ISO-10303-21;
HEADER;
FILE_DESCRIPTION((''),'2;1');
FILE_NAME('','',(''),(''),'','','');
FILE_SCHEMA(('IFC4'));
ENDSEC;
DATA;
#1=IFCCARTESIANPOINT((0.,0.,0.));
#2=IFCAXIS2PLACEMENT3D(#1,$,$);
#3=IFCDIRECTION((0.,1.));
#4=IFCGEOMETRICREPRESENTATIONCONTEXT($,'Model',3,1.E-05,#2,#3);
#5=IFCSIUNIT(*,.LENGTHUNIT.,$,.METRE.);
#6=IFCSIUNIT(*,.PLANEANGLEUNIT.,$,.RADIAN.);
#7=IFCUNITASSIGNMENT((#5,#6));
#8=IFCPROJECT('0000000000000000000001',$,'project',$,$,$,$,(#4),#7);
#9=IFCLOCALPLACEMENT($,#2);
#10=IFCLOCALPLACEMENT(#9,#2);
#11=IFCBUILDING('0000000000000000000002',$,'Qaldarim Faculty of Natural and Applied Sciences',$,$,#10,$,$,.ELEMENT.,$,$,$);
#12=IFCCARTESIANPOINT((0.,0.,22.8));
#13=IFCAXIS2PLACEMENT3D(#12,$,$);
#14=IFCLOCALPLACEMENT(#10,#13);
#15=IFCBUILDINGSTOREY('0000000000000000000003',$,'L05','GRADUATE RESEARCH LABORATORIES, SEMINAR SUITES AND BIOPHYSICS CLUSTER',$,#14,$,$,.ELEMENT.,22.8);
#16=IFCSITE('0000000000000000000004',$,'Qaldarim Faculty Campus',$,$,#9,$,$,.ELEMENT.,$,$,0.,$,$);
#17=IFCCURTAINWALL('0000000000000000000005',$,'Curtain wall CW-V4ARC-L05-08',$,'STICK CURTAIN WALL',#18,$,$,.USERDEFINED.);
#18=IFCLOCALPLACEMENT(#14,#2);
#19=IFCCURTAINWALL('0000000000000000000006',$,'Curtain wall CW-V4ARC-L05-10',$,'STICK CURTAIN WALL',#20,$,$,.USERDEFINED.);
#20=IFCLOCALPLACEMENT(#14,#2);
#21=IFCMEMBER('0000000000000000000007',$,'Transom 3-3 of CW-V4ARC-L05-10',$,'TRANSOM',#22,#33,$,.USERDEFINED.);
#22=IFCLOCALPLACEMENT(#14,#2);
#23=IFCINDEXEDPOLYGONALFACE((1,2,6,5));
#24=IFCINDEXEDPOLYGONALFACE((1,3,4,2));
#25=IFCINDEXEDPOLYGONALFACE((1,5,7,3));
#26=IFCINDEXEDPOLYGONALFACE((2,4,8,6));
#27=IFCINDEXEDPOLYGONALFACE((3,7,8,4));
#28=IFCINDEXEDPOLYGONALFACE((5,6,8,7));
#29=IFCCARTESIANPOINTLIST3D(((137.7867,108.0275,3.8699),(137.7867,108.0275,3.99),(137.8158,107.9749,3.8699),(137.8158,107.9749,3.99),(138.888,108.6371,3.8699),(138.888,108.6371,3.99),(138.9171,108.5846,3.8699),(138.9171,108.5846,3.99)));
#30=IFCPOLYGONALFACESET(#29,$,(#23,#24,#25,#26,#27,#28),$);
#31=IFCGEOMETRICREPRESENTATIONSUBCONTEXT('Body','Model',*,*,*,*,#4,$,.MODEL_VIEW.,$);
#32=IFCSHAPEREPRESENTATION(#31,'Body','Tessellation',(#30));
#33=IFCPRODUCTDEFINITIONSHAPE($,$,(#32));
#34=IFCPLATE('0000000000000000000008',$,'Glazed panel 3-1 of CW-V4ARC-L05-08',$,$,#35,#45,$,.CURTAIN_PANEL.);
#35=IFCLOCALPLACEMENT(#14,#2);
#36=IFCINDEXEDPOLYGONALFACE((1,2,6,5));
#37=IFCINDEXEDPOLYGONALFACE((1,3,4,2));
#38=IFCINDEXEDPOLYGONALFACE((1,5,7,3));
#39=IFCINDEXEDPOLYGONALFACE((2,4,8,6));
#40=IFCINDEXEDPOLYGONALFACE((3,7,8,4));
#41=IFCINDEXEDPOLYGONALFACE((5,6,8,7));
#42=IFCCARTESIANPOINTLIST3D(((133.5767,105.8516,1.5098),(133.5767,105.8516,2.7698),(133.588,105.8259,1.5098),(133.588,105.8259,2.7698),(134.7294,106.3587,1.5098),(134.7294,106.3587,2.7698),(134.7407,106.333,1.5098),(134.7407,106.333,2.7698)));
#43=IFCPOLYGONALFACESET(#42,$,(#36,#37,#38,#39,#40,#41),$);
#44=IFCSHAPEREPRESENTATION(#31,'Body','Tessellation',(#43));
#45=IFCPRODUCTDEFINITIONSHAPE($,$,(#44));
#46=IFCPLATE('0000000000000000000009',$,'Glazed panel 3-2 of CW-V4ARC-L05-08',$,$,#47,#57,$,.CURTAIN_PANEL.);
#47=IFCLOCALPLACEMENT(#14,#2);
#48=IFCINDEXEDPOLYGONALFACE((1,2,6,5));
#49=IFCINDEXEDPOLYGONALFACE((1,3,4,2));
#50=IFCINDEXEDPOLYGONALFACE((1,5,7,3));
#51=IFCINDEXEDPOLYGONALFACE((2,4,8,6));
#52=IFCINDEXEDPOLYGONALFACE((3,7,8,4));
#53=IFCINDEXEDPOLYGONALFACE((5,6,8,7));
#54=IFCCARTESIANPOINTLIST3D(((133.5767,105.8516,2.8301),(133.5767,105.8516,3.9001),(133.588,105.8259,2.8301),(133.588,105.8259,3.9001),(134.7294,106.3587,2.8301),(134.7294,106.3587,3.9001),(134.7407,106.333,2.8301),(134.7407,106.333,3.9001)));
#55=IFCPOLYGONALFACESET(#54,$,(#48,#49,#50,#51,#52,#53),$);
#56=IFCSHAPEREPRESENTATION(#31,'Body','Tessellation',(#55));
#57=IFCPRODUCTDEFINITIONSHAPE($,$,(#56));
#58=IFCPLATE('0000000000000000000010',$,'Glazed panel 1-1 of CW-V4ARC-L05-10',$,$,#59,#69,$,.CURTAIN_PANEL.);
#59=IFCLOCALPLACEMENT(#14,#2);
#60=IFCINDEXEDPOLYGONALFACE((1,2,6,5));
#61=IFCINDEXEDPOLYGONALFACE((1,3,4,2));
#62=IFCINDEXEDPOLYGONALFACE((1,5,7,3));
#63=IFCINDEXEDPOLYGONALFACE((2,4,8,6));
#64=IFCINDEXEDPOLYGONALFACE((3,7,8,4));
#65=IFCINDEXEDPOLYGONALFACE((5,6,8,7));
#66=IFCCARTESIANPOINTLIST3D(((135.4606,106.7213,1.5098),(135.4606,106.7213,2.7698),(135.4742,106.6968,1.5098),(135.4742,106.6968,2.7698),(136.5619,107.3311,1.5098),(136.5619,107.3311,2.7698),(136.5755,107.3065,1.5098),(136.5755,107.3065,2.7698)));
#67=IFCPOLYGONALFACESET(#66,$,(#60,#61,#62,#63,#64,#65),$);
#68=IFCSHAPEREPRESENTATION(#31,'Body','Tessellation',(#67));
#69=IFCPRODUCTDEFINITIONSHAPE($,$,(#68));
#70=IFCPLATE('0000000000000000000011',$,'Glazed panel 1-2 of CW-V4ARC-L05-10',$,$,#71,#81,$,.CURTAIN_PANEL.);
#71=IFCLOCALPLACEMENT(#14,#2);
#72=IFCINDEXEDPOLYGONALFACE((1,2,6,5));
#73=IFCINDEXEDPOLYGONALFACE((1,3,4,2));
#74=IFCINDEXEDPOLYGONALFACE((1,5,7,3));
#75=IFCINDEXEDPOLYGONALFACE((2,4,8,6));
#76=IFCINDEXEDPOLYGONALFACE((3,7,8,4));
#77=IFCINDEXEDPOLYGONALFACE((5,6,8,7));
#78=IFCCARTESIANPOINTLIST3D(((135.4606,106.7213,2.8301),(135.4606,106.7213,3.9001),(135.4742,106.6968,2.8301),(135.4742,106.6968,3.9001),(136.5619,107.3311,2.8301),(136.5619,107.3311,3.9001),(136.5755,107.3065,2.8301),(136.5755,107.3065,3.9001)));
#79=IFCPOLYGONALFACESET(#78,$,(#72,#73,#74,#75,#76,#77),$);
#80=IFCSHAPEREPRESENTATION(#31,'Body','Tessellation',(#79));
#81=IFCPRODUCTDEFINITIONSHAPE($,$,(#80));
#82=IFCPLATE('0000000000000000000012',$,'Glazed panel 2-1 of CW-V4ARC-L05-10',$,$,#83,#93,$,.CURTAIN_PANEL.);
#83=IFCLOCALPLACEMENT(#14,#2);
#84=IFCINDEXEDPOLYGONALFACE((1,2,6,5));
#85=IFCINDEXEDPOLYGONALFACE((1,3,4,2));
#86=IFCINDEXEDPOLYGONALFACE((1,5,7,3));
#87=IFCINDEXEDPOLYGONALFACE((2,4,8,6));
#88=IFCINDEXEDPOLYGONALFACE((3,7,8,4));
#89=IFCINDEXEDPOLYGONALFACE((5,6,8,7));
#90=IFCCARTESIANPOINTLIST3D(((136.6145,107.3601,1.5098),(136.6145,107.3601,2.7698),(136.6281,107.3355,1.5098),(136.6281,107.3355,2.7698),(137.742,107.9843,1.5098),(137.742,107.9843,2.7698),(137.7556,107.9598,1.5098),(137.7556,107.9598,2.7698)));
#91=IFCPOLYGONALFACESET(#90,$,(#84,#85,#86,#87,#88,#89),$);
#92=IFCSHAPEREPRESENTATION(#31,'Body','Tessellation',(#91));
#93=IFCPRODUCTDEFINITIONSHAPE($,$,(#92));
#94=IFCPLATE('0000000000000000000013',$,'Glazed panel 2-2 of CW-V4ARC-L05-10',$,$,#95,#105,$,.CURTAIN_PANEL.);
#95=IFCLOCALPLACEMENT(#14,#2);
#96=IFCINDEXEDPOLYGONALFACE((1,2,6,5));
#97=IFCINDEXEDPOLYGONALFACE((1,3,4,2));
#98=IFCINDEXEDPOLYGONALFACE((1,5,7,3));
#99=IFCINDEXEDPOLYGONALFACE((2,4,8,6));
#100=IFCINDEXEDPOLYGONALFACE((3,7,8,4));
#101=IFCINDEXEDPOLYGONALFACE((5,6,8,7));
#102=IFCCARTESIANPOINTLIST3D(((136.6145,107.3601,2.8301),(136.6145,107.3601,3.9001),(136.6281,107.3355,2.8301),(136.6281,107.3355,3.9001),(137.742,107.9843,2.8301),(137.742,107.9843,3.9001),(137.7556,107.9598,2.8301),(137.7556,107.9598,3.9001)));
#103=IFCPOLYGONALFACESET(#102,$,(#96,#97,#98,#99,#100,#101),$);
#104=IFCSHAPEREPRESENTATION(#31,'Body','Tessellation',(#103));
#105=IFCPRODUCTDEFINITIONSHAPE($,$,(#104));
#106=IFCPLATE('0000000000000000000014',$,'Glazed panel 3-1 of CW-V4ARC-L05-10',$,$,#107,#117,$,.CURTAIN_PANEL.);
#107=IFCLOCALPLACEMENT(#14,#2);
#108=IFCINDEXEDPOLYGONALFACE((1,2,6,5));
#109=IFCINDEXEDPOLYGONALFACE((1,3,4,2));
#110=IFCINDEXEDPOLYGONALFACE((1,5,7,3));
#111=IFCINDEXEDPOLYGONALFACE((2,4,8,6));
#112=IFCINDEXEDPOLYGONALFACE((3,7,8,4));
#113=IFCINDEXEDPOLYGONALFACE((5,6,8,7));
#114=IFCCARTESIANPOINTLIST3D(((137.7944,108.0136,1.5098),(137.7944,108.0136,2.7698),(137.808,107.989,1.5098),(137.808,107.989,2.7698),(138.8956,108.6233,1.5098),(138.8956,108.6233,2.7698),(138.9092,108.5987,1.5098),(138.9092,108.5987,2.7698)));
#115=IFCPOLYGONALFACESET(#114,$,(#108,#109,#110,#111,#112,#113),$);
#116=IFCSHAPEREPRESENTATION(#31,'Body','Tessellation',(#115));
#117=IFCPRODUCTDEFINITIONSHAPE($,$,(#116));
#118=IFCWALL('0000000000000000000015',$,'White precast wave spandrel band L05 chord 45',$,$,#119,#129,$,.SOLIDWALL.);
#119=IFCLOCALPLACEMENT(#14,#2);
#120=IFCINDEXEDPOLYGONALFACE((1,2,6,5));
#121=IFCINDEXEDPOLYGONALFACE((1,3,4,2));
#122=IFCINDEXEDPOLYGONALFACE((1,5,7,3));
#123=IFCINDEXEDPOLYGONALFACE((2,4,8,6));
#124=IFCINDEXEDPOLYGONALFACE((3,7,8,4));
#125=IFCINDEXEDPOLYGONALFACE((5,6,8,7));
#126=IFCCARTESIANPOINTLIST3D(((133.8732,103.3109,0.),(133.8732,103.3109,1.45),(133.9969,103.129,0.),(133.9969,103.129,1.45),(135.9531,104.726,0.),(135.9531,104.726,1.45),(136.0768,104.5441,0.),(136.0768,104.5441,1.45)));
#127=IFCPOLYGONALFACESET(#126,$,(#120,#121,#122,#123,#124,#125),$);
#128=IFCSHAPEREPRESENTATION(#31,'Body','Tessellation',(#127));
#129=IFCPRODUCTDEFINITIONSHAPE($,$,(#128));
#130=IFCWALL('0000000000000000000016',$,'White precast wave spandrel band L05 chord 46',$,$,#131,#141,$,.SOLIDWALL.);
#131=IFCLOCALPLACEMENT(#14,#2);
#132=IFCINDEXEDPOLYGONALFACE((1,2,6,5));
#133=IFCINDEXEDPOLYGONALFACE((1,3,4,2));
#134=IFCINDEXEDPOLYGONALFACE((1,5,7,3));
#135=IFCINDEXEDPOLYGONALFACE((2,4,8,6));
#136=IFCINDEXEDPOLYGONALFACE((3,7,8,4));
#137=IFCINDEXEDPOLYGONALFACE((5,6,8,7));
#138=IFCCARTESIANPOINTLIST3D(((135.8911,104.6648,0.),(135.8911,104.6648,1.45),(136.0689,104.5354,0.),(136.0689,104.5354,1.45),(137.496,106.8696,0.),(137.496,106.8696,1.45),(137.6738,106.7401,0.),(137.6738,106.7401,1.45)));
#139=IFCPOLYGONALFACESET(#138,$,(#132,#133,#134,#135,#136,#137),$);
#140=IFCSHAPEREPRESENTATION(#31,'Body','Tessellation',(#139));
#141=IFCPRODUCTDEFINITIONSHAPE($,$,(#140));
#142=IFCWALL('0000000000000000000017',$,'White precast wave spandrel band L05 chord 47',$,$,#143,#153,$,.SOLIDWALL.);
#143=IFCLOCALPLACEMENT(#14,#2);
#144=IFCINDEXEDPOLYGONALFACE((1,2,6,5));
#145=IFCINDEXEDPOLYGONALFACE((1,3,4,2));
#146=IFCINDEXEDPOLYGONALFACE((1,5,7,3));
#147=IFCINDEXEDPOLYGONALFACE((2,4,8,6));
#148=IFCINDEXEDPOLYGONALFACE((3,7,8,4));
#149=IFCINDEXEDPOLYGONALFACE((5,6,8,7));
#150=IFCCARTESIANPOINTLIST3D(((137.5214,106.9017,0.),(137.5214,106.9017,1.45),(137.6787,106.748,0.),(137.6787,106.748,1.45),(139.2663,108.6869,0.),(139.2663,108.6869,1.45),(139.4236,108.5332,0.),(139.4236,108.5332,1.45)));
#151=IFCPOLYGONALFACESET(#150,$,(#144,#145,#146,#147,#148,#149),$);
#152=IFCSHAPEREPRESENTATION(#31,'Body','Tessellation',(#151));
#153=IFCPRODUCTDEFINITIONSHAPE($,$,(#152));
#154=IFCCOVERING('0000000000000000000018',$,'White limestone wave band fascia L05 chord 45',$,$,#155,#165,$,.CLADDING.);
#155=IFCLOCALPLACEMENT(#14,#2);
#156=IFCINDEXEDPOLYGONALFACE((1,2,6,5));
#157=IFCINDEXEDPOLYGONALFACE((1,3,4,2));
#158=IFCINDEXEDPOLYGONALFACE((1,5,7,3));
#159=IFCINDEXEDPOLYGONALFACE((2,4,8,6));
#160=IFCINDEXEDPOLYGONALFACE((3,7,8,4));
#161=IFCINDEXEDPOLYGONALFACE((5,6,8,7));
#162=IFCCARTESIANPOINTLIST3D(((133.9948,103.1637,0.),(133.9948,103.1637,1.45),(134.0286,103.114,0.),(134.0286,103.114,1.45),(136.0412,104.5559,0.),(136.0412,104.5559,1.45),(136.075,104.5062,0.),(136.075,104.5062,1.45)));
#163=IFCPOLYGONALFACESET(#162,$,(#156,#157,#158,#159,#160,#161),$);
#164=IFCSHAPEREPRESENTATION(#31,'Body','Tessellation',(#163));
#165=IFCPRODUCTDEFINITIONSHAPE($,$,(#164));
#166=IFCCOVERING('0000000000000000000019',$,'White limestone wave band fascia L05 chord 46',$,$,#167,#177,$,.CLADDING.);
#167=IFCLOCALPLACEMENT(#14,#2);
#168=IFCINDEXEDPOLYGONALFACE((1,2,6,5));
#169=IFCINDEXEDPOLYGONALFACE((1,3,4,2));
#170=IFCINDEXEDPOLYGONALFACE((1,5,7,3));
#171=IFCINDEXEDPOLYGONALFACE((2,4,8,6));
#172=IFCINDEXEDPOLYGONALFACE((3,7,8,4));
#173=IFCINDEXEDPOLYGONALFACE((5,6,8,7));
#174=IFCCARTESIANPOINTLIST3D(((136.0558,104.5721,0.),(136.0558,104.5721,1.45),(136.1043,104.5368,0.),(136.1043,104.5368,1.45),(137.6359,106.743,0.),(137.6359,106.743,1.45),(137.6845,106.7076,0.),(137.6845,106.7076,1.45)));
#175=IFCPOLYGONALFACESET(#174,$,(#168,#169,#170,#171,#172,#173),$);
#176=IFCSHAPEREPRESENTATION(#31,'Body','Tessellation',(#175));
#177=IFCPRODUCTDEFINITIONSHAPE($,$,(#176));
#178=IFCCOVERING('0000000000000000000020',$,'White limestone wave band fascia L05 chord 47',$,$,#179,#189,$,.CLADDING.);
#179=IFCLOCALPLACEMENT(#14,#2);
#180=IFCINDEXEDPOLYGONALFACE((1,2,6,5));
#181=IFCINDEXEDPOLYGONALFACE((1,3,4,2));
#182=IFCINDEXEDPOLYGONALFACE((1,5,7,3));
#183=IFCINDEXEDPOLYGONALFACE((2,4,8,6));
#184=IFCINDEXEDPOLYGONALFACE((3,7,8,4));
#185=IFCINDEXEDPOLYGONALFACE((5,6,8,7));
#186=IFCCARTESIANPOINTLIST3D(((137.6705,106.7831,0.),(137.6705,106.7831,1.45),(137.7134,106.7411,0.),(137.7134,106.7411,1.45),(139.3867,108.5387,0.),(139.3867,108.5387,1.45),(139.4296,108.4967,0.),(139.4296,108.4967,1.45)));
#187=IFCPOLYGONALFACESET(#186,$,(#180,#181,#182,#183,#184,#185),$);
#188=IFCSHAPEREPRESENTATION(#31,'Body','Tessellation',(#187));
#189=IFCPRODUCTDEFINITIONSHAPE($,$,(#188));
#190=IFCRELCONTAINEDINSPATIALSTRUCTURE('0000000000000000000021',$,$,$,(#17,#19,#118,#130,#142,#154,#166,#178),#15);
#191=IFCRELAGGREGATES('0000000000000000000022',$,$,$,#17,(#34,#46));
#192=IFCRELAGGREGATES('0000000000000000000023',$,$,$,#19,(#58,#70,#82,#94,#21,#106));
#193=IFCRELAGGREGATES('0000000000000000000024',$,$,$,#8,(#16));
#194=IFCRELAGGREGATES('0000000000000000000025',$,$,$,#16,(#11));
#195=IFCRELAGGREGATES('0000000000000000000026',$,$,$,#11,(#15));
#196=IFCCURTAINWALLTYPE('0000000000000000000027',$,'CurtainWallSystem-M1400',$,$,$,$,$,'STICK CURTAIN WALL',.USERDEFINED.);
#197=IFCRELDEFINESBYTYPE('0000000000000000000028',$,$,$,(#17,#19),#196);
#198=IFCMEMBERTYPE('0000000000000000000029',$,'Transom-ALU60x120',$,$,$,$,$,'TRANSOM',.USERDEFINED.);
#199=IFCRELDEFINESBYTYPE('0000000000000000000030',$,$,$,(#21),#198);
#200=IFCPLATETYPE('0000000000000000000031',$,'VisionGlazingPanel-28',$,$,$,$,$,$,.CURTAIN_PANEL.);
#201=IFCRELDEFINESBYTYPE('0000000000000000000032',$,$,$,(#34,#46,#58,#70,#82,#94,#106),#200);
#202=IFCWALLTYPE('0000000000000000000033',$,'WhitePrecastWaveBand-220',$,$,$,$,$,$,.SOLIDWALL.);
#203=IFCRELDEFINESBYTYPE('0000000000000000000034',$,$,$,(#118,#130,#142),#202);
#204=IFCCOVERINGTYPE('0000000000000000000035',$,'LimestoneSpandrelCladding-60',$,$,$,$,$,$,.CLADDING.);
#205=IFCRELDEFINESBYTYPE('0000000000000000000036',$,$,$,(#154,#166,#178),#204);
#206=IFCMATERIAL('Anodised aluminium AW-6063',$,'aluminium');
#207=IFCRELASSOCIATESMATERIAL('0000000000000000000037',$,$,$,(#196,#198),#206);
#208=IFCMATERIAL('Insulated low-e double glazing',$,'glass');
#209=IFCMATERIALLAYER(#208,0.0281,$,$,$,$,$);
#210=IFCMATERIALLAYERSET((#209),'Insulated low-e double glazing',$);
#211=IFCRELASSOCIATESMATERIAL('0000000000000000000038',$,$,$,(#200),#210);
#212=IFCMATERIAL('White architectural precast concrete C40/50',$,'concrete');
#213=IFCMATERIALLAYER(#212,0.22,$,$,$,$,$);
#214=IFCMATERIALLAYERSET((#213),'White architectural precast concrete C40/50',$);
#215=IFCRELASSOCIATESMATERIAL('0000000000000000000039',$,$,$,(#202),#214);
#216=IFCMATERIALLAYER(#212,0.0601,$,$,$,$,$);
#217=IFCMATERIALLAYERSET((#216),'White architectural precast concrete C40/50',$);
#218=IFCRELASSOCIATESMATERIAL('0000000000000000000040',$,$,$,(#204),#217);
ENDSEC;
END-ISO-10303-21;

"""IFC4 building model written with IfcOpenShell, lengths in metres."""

from ifc_helpers import new_model, si_unit, direction, frame, frame_2d, origin, origin_2d, place, context, subcontext, project, spatial, rectangle, extrude, material, layer, layer_set, material_profile, profile_set, type_object, element, aggregate, save


model = new_model("IFC4")

# Units and contexts
model_context = context("Model", 3, precision=1e-05, world=origin(), true_north=direction((0.0, 1.0)))
body_context = subcontext(model_context, "Body", "Model", "MODEL_VIEW")
ifc_project = project(units=[si_unit("LENGTHUNIT", "METRE"), si_unit("PLANEANGLEUNIT", "RADIAN")], contexts=[model_context])

# Site, building, storey
site_placement = place(None, origin())
site = spatial("IfcSite", under=ifc_project, at=site_placement, Name="Qaldarim Faculty Campus", CompositionType="ELEMENT", RefElevation=0.0)
building_placement = place(site_placement, origin())
building = spatial("IfcBuilding", under=site, at=building_placement, Name="Qaldarim Faculty of Natural and Applied Sciences", CompositionType="ELEMENT")
storey_placement = place(building_placement, frame((0.0, 0.0, 22.8)))
storey = spatial("IfcBuildingStorey", under=building, at=storey_placement, Name="L05", Description="GRADUATE RESEARCH LABORATORIES, SEMINAR SUITES AND BIOPHYSICS CLUSTER", CompositionType="ELEMENT", Elevation=22.8)

# Curtain wall
ifc_material_1 = material(Name="Anodised aluminium AW-6063", Category="aluminium")
curtain_wall_type = type_object("IfcCurtainWallType", Name="CurtainWallSystem-M1400", ElementType="STICK CURTAIN WALL", PredefinedType="USERDEFINED", material=ifc_material_1)
curtain_wall_1_placement = place(storey_placement, origin())
curtain_wall_1 = element("IfcCurtainWall", 1, at=curtain_wall_1_placement, inside=storey, type_object=curtain_wall_type, Name="Curtain wall CW-V4ARC-L05-08", ObjectType="STICK CURTAIN WALL", PredefinedType="USERDEFINED")

# Curtain wall
curtain_wall_2_placement = place(storey_placement, origin())
curtain_wall_2 = element("IfcCurtainWall", 2, at=curtain_wall_2_placement, inside=storey, type_object=curtain_wall_type, Name="Curtain wall CW-V4ARC-L05-10", ObjectType="STICK CURTAIN WALL", PredefinedType="USERDEFINED")

# Member
ifc_material_profile_1 = material_profile(ifc_material_1, rectangle(XDim=0.0601, YDim=0.1201, at=origin_2d()), Name="ALU-T60x120")
ifc_profile_set_1 = profile_set([ifc_material_profile_1], Name="Anodised aluminium AW-6063")
member_type_1 = type_object("IfcMemberType", Name="Transom-ALU60x120", ElementType="TRANSOM", PredefinedType="USERDEFINED", material=ifc_profile_set_1)
member_1_placement = place(storey_placement, frame((137.8013, 108.0012, 3.9299), z_axis=(0.874906, 0.484292, 0.0), x_axis=(-0.484292, 0.874906, 0.0)))
member_1 = element("IfcMember", 3, at=member_1_placement, type_object=member_type_1, Name="Transom 3-3 of CW-V4ARC-L05-10", ObjectType="TRANSOM", PredefinedType="USERDEFINED", context=body_context, shape_type="SweptSolid", body=[
    extrude(rectangle(XDim=0.0601, YDim=0.1201, at=origin_2d()), origin(), (0.0, 0.0, 1.0), 1.2588),
])

# Plates
ifc_material_2 = material(Name="Insulated low-e double glazing", Category="glass")
ifc_layer_1 = layer(ifc_material_2, 0.0281)
ifc_layer_set_1 = layer_set([ifc_layer_1], Name="Insulated low-e double glazing")
plate_type = type_object("IfcPlateType", Name="VisionGlazingPanel-28", PredefinedType="CURTAIN_PANEL", material=ifc_layer_set_1)
plate_1_placement = place(storey_placement, frame((134.1587, 106.0923, 1.5098), z_axis=(0.0, 0.0, 1.0), x_axis=(0.915333, 0.402699, 0.0)))
plate_1 = element("IfcPlate", 4, at=plate_1_placement, type_object=plate_type, Name="Glazed panel 3-1 of CW-V4ARC-L05-08", PredefinedType="CURTAIN_PANEL", context=body_context, shape_type="SweptSolid", body=[
    extrude(rectangle(XDim=1.2593, YDim=0.0281, at=origin_2d()), origin(), (0.0, 0.0, 1.0), 1.26),
])
plate_2_placement = place(storey_placement, frame((134.1587, 106.0923, 2.8301), z_axis=(0.0, 0.0, 1.0), x_axis=(0.915333, 0.402699, 0.0)))
plate_2 = element("IfcPlate", 5, at=plate_2_placement, type_object=plate_type, Name="Glazed panel 3-2 of CW-V4ARC-L05-08", PredefinedType="CURTAIN_PANEL", context=body_context, shape_type="SweptSolid", body=[
    extrude(rectangle(XDim=1.2593, YDim=0.0281, at=origin_2d()), origin(), (0.0, 0.0, 1.0), 1.0701),
])
aggregate(curtain_wall_1, [plate_1, plate_2])
plate_3_placement = place(storey_placement, frame((136.0181, 107.0139, 1.5098), z_axis=(0.0, 0.0, 1.0), x_axis=(0.874857, 0.484382, 0.0)))
plate_3 = element("IfcPlate", 6, at=plate_3_placement, type_object=plate_type, Name="Glazed panel 1-1 of CW-V4ARC-L05-10", PredefinedType="CURTAIN_PANEL", context=body_context, shape_type="SweptSolid", body=[
    extrude(rectangle(XDim=1.2588, YDim=0.0281, at=origin_2d()), origin(), (0.0, 0.0, 1.0), 1.26),
])
plate_4_placement = place(storey_placement, frame((136.0181, 107.0139, 2.8301), z_axis=(0.0, 0.0, 1.0), x_axis=(0.874857, 0.484382, 0.0)))
plate_4 = element("IfcPlate", 7, at=plate_4_placement, type_object=plate_type, Name="Glazed panel 1-2 of CW-V4ARC-L05-10", PredefinedType="CURTAIN_PANEL", context=body_context, shape_type="SweptSolid", body=[
    extrude(rectangle(XDim=1.2588, YDim=0.0281, at=origin_2d()), origin(), (0.0, 0.0, 1.0), 1.0701),
])
plate_5_placement = place(storey_placement, frame((137.1851, 107.6599, 1.5098), z_axis=(0.0, 0.0, 1.0), x_axis=(0.874857, 0.484382, 0.0)))
plate_5 = element("IfcPlate", 8, at=plate_5_placement, type_object=plate_type, Name="Glazed panel 2-1 of CW-V4ARC-L05-10", PredefinedType="CURTAIN_PANEL", context=body_context, shape_type="SweptSolid", body=[
    extrude(rectangle(XDim=1.2888, YDim=0.0281, at=origin_2d()), origin(), (0.0, 0.0, 1.0), 1.26),
])
plate_6_placement = place(storey_placement, frame((137.1851, 107.6599, 2.8301), z_axis=(0.0, 0.0, 1.0), x_axis=(0.874857, 0.484382, 0.0)))
plate_6 = element("IfcPlate", 9, at=plate_6_placement, type_object=plate_type, Name="Glazed panel 2-2 of CW-V4ARC-L05-10", PredefinedType="CURTAIN_PANEL", context=body_context, shape_type="SweptSolid", body=[
    extrude(rectangle(XDim=1.2888, YDim=0.0281, at=origin_2d()), origin(), (0.0, 0.0, 1.0), 1.0701),
])
plate_7_placement = place(storey_placement, frame((138.3518, 108.3062, 1.5098), z_axis=(0.0, 0.0, 1.0), x_axis=(0.874857, 0.484382, 0.0)))
plate_7 = element("IfcPlate", 10, at=plate_7_placement, type_object=plate_type, Name="Glazed panel 3-1 of CW-V4ARC-L05-10", PredefinedType="CURTAIN_PANEL", context=body_context, shape_type="SweptSolid", body=[
    extrude(rectangle(XDim=1.2588, YDim=0.0281, at=origin_2d()), origin(), (0.0, 0.0, 1.0), 1.26),
])
aggregate(curtain_wall_2, [plate_3, plate_4, plate_5, plate_6, member_1, plate_7])

# Walls
ifc_material_3 = material(Name="White architectural precast concrete C40/50", Category="concrete")
ifc_layer_2 = layer(ifc_material_3, 0.22)
ifc_layer_set_2 = layer_set([ifc_layer_2], Name="White architectural precast concrete C40/50")
wall_type = type_object("IfcWallType", Name="WhitePrecastWaveBand-220", PredefinedType="SOLIDWALL", material=ifc_layer_set_2)
wall_1_placement = place(storey_placement, frame((133.9351, 103.22, 0.0), z_axis=(0.0, 0.0, 1.0), x_axis=(0.826787, 0.562514, 0.0)))
element("IfcWall", 11, at=wall_1_placement, inside=storey, type_object=wall_type, Name="White precast wave spandrel band L05 chord 45", PredefinedType="SOLIDWALL", context=body_context, shape_type="SweptSolid", body=[
    extrude(rectangle(XDim=2.5156, YDim=0.22, at=frame_2d((1.2578, 0.0))), origin(), (0.0, 0.0, 1.0), 1.45),
])
wall_2_placement = place(storey_placement, frame((135.98, 104.6001, 0.0), z_axis=(0.0, 0.0, 1.0), x_axis=(0.588523, 0.808481, 0.0)))
element("IfcWall", 12, at=wall_2_placement, inside=storey, type_object=wall_type, Name="White precast wave spandrel band L05 chord 46", PredefinedType="SOLIDWALL", context=body_context, shape_type="SweptSolid", body=[
    extrude(rectangle(XDim=2.7271, YDim=0.22, at=frame_2d((1.3635, 0.0))), origin(), (0.0, 0.0, 1.0), 1.45),
])
wall_3_placement = place(storey_placement, frame((137.6001, 106.825, 0.0), z_axis=(0.0, 0.0, 1.0), x_axis=(0.698992, 0.715129, 0.0)))
element("IfcWall", 13, at=wall_3_placement, inside=storey, type_object=wall_type, Name="White precast wave spandrel band L05 chord 47", PredefinedType="SOLIDWALL", context=body_context, shape_type="SweptSolid", body=[
    extrude(rectangle(XDim=2.4963, YDim=0.22, at=frame_2d((1.248, 0.0))), origin(), (0.0, 0.0, 1.0), 1.45),
])

# Coverings
ifc_layer_3 = layer(ifc_material_3, 0.0601)
ifc_layer_set_3 = layer_set([ifc_layer_3], Name="White architectural precast concrete C40/50")
covering_type = type_object("IfcCoveringType", Name="LimestoneSpandrelCladding-60", PredefinedType="CLADDING", material=ifc_layer_set_3)
covering_1_placement = place(storey_placement, frame((135.0349, 103.835, 0.0), z_axis=(0.0, 0.0, 1.0), x_axis=(0.826816, 0.562473, 0.0)))
element("IfcCovering", 14, at=covering_1_placement, inside=storey, type_object=covering_type, Name="White limestone wave band fascia L05 chord 45", PredefinedType="CLADDING", context=body_context, shape_type="SweptSolid", body=[
    extrude(rectangle(XDim=2.4751, YDim=0.0601, at=origin_2d()), origin(), (0.0, 0.0, 1.0), 1.45),
])
covering_2_placement = place(storey_placement, frame((136.8701, 105.6399, 0.0), z_axis=(0.0, 0.0, 1.0), x_axis=(0.588505, 0.808493, 0.0)))
element("IfcCovering", 15, at=covering_2_placement, inside=storey, type_object=covering_type, Name="White limestone wave band fascia L05 chord 46", PredefinedType="CLADDING", context=body_context, shape_type="SweptSolid", body=[
    extrude(rectangle(XDim=2.6851, YDim=0.0601, at=origin_2d()), origin(), (0.0, 0.0, 1.0), 1.45),
])
covering_3_placement = place(storey_placement, frame((138.55, 107.6399, 0.0), z_axis=(0.0, 0.0, 1.0), x_axis=(0.699052, 0.715071, 0.0)))
element("IfcCovering", 16, at=covering_3_placement, inside=storey, type_object=covering_type, Name="White limestone wave band fascia L05 chord 47", PredefinedType="CLADDING", context=body_context, shape_type="SweptSolid", body=[
    extrude(rectangle(XDim=2.4551, YDim=0.0601, at=origin_2d()), origin(), (0.0, 0.0, 1.0), 1.45),
])

save(model, "model.ifc")
